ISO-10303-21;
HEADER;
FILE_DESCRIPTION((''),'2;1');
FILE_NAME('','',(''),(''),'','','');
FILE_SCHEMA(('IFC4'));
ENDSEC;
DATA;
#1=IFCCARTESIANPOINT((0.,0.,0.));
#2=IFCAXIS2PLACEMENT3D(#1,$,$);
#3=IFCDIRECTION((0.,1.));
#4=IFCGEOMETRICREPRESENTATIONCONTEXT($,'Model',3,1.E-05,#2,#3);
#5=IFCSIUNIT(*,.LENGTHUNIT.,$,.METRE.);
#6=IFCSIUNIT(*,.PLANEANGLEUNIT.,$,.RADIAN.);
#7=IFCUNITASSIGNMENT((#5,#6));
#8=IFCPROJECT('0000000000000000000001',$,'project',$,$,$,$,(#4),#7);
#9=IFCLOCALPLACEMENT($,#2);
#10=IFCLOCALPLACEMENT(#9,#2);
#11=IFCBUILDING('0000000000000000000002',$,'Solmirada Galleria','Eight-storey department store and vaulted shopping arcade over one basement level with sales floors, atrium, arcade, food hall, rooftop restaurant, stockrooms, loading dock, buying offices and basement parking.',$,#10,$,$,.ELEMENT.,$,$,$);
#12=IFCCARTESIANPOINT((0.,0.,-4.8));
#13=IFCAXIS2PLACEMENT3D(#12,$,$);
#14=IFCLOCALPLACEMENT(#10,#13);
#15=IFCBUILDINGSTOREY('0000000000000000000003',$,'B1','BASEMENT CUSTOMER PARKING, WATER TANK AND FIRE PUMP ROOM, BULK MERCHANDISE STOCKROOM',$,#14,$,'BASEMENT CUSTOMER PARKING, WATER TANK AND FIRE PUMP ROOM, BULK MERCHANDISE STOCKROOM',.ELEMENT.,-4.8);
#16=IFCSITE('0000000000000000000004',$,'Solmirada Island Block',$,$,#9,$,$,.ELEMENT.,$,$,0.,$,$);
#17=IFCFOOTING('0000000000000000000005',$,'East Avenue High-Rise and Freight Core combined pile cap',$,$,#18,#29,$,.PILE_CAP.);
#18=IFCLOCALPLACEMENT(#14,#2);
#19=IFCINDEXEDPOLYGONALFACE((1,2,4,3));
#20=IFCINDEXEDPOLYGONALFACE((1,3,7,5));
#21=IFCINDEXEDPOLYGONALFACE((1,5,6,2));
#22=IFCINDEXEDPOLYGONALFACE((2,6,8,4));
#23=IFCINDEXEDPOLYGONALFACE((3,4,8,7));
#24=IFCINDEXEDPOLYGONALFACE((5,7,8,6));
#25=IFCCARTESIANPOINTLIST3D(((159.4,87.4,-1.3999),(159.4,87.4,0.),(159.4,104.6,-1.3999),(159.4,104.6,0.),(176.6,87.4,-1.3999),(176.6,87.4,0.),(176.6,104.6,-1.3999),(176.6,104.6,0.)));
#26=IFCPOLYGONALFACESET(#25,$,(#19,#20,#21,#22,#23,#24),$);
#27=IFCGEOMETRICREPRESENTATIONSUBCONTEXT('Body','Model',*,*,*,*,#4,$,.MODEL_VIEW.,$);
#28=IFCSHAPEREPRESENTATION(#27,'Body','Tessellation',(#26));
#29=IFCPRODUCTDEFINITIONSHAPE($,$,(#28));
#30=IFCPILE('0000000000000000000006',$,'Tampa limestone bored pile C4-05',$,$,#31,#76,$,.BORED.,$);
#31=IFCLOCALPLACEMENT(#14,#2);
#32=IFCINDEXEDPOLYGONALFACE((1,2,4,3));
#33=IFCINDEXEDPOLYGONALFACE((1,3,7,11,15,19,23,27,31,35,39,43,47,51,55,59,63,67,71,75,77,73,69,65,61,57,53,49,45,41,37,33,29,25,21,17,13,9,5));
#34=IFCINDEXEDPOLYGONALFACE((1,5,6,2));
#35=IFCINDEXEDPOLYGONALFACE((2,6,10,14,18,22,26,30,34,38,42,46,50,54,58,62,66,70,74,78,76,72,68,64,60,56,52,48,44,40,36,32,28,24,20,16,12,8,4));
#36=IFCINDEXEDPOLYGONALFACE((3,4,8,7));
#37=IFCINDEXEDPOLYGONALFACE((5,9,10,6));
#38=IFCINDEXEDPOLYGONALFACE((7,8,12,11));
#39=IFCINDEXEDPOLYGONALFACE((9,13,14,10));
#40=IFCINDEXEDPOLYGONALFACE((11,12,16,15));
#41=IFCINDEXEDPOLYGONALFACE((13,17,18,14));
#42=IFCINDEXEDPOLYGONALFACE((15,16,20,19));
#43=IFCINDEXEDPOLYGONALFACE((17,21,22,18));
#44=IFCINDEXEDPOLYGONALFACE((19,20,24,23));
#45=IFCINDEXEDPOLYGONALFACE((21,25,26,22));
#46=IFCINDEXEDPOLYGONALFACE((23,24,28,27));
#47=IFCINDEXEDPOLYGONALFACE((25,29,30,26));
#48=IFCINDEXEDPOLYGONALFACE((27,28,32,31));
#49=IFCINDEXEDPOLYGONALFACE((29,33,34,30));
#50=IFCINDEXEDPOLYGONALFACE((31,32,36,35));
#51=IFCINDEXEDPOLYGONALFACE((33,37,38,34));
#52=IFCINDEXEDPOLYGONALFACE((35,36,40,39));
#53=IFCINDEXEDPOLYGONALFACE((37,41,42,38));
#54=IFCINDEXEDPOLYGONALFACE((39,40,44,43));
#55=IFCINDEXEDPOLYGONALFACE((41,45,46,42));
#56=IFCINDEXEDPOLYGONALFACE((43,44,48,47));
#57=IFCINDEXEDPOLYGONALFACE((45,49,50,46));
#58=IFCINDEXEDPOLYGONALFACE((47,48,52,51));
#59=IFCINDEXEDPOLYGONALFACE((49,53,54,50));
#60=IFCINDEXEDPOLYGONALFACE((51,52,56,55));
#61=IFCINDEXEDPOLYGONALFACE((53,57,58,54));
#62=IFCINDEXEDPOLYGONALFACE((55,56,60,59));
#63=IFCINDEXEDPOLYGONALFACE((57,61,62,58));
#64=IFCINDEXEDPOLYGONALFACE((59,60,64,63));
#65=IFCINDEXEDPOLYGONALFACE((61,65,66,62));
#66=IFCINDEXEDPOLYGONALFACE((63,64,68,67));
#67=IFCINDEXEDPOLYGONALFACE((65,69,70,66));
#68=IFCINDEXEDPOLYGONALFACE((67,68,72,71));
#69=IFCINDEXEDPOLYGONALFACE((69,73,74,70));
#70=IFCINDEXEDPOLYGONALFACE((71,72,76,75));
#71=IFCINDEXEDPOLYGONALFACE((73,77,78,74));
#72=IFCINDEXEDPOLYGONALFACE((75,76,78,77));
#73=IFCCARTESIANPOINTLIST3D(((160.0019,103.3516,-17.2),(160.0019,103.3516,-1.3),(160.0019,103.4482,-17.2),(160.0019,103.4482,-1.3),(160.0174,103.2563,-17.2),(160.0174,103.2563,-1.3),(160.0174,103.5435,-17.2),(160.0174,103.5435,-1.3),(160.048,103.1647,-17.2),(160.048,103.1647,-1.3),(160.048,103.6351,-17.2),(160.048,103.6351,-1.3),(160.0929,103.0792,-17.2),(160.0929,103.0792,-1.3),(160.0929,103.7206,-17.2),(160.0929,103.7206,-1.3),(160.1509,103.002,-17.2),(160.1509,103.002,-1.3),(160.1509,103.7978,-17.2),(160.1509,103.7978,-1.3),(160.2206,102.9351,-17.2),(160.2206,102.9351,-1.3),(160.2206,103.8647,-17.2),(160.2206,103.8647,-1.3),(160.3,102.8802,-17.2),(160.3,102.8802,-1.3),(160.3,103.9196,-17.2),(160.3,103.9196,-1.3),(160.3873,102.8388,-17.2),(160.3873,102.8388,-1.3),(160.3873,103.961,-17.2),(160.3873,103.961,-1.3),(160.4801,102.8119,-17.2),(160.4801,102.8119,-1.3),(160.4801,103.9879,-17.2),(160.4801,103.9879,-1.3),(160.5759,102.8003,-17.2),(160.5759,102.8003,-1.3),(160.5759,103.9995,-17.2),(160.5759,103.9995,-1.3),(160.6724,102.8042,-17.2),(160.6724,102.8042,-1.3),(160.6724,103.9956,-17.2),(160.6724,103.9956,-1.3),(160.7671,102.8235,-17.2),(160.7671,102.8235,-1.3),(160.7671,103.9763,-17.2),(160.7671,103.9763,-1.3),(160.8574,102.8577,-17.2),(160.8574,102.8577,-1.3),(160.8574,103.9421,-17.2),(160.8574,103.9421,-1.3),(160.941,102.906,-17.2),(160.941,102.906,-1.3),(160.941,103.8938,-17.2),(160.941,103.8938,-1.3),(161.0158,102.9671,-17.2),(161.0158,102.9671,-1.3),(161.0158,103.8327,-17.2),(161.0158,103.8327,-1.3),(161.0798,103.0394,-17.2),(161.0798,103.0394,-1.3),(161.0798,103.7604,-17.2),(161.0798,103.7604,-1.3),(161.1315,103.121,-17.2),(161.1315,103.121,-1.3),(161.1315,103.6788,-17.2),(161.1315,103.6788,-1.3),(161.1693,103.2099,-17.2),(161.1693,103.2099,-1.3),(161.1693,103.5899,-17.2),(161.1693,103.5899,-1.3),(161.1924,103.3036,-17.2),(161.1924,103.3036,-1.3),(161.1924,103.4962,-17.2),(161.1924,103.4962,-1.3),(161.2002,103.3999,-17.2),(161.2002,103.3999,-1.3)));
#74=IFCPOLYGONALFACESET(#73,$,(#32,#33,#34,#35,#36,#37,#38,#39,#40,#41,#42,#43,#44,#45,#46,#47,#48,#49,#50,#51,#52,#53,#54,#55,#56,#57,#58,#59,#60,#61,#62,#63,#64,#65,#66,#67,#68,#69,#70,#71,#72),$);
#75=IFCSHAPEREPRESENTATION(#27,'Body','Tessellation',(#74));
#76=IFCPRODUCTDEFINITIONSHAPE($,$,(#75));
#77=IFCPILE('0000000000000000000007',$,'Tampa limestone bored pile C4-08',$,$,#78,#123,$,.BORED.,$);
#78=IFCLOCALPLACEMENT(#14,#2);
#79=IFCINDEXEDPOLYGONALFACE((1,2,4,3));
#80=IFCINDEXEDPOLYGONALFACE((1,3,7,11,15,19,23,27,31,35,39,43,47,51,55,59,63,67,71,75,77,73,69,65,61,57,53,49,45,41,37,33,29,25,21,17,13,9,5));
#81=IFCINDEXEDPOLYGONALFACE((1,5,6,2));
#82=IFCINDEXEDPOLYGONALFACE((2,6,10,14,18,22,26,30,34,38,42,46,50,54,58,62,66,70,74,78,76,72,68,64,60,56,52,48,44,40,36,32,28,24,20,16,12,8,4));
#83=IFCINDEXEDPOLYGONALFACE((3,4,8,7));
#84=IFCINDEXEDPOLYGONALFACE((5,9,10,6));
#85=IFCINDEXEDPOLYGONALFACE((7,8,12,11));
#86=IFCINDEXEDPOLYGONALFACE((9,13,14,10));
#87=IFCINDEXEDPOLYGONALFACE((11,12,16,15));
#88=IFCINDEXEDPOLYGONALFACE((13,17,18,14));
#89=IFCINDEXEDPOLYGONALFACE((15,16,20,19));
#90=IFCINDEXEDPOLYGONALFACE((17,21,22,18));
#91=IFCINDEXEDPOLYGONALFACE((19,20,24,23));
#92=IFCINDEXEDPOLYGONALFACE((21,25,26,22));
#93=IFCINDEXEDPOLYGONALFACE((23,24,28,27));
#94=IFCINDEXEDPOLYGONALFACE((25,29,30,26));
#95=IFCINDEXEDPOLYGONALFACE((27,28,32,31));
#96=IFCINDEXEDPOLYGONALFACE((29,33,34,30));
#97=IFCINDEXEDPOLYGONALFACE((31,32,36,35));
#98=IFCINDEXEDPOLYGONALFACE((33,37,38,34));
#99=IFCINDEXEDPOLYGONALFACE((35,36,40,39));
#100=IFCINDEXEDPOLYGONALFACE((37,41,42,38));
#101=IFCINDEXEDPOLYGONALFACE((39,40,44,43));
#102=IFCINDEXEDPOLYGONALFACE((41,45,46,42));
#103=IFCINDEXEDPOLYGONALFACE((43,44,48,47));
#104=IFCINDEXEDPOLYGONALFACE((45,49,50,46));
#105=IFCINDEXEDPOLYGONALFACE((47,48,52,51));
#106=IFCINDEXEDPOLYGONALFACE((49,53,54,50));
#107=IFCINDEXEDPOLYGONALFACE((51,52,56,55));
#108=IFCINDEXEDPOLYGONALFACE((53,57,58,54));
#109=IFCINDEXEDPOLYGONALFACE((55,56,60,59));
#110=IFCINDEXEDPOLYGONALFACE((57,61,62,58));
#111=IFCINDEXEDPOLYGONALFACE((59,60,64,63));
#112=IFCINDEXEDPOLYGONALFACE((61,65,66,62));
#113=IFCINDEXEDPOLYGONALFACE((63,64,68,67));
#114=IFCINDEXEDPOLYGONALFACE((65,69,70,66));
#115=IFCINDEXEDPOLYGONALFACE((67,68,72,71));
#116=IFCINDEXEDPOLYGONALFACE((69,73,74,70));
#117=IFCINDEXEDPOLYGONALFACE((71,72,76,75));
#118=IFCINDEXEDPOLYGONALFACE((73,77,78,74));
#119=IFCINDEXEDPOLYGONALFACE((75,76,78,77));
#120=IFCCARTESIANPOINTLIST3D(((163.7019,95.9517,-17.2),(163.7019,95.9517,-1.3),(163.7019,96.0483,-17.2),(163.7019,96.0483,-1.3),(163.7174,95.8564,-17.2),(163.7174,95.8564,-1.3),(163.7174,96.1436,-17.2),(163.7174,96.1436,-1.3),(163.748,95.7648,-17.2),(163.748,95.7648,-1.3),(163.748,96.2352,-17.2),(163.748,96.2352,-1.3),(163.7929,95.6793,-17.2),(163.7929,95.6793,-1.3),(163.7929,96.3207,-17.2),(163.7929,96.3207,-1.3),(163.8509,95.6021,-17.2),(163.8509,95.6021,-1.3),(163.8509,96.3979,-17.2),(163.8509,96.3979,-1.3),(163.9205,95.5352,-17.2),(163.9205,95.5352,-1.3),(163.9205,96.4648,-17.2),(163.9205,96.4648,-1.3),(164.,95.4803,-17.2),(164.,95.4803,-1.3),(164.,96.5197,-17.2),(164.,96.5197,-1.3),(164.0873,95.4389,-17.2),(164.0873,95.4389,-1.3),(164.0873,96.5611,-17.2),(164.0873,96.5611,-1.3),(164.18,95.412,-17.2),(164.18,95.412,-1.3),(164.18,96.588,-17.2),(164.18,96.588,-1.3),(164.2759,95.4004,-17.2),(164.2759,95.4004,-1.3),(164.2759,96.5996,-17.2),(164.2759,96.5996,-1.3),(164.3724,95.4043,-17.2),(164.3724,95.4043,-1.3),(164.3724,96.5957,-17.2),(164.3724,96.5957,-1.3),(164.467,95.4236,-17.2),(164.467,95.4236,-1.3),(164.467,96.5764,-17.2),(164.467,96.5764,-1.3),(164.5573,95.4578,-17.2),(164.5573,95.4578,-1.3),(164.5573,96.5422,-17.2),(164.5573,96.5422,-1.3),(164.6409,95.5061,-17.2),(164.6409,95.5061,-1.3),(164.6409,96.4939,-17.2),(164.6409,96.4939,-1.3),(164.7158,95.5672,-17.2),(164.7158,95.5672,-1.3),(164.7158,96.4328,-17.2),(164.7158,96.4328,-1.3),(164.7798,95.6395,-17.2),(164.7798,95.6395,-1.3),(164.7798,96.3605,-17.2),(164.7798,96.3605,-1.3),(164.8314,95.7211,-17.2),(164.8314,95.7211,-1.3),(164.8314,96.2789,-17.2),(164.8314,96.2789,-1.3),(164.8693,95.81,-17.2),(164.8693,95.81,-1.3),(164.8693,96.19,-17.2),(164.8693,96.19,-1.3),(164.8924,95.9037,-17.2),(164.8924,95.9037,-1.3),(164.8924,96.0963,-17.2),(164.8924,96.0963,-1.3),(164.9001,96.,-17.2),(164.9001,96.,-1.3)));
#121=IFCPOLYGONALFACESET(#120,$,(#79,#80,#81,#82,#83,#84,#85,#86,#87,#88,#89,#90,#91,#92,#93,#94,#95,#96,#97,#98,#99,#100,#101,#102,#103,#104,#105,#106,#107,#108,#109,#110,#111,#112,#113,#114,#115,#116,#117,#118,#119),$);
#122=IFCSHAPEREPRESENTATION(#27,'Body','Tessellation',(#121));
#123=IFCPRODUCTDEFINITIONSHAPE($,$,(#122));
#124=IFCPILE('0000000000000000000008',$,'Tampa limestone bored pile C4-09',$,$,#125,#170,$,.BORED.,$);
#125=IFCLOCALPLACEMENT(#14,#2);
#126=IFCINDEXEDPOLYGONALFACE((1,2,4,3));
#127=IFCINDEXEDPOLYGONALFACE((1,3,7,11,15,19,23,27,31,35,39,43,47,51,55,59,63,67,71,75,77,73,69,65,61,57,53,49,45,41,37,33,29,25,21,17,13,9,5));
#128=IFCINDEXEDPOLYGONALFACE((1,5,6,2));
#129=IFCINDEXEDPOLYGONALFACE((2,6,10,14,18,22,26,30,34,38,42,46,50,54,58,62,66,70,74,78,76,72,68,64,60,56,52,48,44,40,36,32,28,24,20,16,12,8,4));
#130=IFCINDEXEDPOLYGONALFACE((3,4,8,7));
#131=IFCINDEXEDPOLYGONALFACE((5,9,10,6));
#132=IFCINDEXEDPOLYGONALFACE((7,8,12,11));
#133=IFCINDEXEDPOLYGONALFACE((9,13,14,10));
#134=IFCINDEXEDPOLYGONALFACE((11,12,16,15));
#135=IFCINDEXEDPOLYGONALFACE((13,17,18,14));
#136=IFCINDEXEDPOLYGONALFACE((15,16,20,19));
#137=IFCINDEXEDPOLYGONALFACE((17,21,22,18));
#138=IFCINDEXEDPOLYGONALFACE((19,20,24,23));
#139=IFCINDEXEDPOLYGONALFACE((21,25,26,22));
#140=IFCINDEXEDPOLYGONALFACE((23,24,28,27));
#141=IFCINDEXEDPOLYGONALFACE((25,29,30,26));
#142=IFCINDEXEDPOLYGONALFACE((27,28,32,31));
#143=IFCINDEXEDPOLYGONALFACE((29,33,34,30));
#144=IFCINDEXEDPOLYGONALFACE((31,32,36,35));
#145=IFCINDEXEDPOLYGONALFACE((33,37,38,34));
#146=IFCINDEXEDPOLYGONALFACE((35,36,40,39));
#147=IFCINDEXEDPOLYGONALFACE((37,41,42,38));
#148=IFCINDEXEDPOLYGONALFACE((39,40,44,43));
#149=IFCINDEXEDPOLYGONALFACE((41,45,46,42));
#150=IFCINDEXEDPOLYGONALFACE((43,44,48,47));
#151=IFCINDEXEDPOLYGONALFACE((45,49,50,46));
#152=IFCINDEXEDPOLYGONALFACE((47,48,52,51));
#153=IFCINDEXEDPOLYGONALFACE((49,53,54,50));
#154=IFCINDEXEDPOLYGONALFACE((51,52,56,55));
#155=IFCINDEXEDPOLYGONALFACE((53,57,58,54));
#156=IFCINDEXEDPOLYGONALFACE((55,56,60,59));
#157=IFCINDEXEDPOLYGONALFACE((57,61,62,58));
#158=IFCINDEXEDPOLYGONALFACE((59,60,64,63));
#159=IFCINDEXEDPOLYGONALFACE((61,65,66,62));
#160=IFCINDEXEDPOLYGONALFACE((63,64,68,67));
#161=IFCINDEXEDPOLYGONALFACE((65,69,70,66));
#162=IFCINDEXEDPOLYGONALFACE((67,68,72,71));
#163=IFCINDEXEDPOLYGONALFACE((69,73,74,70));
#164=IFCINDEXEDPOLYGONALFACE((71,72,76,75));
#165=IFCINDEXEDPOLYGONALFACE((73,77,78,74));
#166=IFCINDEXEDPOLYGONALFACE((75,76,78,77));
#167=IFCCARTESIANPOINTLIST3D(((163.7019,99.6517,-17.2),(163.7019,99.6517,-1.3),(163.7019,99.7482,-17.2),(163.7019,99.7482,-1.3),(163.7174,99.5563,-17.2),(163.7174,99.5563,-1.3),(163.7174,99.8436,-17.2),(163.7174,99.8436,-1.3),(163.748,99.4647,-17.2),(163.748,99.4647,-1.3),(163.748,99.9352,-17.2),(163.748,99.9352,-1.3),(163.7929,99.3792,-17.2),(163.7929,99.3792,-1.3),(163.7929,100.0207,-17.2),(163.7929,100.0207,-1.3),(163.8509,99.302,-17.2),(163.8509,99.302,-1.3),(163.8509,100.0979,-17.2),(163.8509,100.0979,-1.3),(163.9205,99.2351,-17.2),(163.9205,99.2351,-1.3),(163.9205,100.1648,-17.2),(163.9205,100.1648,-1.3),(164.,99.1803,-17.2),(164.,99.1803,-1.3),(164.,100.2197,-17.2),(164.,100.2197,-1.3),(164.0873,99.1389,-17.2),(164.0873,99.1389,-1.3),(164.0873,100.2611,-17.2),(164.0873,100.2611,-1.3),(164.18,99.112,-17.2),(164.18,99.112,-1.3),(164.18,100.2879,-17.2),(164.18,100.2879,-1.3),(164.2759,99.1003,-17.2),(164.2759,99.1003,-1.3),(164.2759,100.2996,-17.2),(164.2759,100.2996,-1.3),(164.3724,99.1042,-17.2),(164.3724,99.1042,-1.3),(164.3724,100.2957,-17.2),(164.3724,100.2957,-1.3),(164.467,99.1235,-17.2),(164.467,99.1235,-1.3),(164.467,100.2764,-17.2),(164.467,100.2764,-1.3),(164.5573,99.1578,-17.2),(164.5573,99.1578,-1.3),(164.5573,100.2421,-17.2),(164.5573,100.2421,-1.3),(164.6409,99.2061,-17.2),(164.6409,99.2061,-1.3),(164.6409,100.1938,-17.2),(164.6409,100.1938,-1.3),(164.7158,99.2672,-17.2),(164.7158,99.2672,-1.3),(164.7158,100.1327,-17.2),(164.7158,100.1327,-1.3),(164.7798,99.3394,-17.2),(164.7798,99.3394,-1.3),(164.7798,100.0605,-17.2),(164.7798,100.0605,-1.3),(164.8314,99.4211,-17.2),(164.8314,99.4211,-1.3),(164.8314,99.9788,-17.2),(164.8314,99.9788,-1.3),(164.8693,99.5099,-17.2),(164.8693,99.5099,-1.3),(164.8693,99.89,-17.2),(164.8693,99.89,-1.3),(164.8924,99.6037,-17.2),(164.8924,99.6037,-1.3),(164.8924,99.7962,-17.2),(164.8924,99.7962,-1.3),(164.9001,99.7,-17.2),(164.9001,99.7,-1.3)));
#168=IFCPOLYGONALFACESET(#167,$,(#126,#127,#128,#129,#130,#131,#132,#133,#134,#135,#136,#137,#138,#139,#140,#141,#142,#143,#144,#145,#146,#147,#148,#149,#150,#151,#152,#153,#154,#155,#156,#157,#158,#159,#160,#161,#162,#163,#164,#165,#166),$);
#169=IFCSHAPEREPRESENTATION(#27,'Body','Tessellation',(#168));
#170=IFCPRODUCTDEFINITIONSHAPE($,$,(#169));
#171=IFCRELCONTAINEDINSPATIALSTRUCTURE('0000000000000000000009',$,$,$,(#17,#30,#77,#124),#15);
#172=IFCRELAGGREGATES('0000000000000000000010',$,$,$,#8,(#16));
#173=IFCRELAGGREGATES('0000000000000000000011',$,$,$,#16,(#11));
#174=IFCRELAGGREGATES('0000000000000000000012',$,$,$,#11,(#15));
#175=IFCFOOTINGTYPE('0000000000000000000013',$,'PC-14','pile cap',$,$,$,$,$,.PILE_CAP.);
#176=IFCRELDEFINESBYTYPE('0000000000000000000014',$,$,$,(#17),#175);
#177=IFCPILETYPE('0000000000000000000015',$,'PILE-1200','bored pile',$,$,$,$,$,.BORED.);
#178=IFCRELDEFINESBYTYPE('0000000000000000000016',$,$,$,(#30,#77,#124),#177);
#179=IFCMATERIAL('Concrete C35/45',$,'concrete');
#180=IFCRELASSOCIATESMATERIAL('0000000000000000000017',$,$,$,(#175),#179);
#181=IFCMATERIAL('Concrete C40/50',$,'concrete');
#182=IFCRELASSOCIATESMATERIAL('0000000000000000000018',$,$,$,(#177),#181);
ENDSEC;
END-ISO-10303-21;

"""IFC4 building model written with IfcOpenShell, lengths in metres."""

from ifc_helpers import new_model, si_unit, direction, frame, origin, origin_2d, place, context, subcontext, project, spatial, rectangle, circle, extrude, material, material_profile, profile_set, type_object, element, save


model = new_model("IFC4")

# Units and contexts
model_context = context("Model", 3, precision=1e-05, world=origin(), true_north=direction((0.0, 1.0)))
body_context = subcontext(model_context, "Body", "Model", "MODEL_VIEW")
ifc_project = project(units=[si_unit("LENGTHUNIT", "METRE"), si_unit("PLANEANGLEUNIT", "RADIAN")], contexts=[model_context])

# Site, building, storey
site_placement = place(None, origin())
site = spatial("IfcSite", under=ifc_project, at=site_placement, Name="Solmirada Island Block", CompositionType="ELEMENT", RefElevation=0.0)
building_placement = place(site_placement, origin())
building = spatial("IfcBuilding", under=site, at=building_placement, Name="Solmirada Galleria", Description="Eight-storey department store and vaulted shopping arcade over one basement level with sales floors, atrium, arcade, food hall, rooftop restaurant, stockrooms, loading dock, buying offices and basement parking.", CompositionType="ELEMENT")
storey_placement = place(building_placement, frame((0.0, 0.0, -4.8)))
storey = spatial("IfcBuildingStorey", under=building, at=storey_placement, Name="B1", Description="BASEMENT CUSTOMER PARKING, WATER TANK AND FIRE PUMP ROOM, BULK MERCHANDISE STOCKROOM", LongName="BASEMENT CUSTOMER PARKING, WATER TANK AND FIRE PUMP ROOM, BULK MERCHANDISE STOCKROOM", CompositionType="ELEMENT", Elevation=-4.8)

# Footing
ifc_material_1 = material(Name="Concrete C35/45", Category="concrete")
footing_type = type_object("IfcFootingType", Name="PC-14", Description="pile cap", PredefinedType="PILE_CAP", material=ifc_material_1)
footing_placement = place(storey_placement, frame((168.0, 96.0, -1.3999), z_axis=(0.0, 0.0, 1.0), x_axis=(1.0, 0.0, 0.0)))
element("IfcFooting", 1, at=footing_placement, inside=storey, type_object=footing_type, Name="East Avenue High-Rise and Freight Core combined pile cap", PredefinedType="PILE_CAP", context=body_context, shape_type="SweptSolid", body=[
    extrude(rectangle(XDim=17.2, YDim=17.2, at=origin_2d()), origin(), (0.0, 0.0, 1.0), 1.3999),
])

# Piles
ifc_material_2 = material(Name="Concrete C40/50", Category="concrete")
ifc_material_profile_1 = material_profile(ifc_material_2, circle(Radius=0.6001, at=origin_2d()), Name="PILE1200")
ifc_profile_set_1 = profile_set([ifc_material_profile_1], Name="Concrete C40/50")
pile_type = type_object("IfcPileType", Name="PILE-1200", Description="bored pile", PredefinedType="BORED", material=ifc_profile_set_1)
for number, where, z_axis, x_axis, name in (
    (2, (160.6001, 103.3999, -1.3), (0.0, 0.0, -1.0), (1.0, 0.0, 0.0), "Tampa limestone bored pile C4-05"),
    (3, (164.3, 96.0, -1.3), (0.0, 0.0, -1.0), (1.0, 0.0, 0.0), "Tampa limestone bored pile C4-08"),
    (4, (164.3, 99.7, -1.3), (0.0, 0.0, -1.0), (1.0, 0.0, 0.0), "Tampa limestone bored pile C4-09"),
):
    element("IfcPile", number, at=place(storey_placement, frame(where, z_axis=z_axis, x_axis=x_axis)), inside=storey, type_object=pile_type, Name=name, PredefinedType="BORED", context=body_context, shape_type="SweptSolid", body=[
        extrude(circle(Radius=0.6001, at=origin_2d()), origin(), (0.0, 0.0, 1.0), 15.8999),
    ])

save(model, "model.ifc")
